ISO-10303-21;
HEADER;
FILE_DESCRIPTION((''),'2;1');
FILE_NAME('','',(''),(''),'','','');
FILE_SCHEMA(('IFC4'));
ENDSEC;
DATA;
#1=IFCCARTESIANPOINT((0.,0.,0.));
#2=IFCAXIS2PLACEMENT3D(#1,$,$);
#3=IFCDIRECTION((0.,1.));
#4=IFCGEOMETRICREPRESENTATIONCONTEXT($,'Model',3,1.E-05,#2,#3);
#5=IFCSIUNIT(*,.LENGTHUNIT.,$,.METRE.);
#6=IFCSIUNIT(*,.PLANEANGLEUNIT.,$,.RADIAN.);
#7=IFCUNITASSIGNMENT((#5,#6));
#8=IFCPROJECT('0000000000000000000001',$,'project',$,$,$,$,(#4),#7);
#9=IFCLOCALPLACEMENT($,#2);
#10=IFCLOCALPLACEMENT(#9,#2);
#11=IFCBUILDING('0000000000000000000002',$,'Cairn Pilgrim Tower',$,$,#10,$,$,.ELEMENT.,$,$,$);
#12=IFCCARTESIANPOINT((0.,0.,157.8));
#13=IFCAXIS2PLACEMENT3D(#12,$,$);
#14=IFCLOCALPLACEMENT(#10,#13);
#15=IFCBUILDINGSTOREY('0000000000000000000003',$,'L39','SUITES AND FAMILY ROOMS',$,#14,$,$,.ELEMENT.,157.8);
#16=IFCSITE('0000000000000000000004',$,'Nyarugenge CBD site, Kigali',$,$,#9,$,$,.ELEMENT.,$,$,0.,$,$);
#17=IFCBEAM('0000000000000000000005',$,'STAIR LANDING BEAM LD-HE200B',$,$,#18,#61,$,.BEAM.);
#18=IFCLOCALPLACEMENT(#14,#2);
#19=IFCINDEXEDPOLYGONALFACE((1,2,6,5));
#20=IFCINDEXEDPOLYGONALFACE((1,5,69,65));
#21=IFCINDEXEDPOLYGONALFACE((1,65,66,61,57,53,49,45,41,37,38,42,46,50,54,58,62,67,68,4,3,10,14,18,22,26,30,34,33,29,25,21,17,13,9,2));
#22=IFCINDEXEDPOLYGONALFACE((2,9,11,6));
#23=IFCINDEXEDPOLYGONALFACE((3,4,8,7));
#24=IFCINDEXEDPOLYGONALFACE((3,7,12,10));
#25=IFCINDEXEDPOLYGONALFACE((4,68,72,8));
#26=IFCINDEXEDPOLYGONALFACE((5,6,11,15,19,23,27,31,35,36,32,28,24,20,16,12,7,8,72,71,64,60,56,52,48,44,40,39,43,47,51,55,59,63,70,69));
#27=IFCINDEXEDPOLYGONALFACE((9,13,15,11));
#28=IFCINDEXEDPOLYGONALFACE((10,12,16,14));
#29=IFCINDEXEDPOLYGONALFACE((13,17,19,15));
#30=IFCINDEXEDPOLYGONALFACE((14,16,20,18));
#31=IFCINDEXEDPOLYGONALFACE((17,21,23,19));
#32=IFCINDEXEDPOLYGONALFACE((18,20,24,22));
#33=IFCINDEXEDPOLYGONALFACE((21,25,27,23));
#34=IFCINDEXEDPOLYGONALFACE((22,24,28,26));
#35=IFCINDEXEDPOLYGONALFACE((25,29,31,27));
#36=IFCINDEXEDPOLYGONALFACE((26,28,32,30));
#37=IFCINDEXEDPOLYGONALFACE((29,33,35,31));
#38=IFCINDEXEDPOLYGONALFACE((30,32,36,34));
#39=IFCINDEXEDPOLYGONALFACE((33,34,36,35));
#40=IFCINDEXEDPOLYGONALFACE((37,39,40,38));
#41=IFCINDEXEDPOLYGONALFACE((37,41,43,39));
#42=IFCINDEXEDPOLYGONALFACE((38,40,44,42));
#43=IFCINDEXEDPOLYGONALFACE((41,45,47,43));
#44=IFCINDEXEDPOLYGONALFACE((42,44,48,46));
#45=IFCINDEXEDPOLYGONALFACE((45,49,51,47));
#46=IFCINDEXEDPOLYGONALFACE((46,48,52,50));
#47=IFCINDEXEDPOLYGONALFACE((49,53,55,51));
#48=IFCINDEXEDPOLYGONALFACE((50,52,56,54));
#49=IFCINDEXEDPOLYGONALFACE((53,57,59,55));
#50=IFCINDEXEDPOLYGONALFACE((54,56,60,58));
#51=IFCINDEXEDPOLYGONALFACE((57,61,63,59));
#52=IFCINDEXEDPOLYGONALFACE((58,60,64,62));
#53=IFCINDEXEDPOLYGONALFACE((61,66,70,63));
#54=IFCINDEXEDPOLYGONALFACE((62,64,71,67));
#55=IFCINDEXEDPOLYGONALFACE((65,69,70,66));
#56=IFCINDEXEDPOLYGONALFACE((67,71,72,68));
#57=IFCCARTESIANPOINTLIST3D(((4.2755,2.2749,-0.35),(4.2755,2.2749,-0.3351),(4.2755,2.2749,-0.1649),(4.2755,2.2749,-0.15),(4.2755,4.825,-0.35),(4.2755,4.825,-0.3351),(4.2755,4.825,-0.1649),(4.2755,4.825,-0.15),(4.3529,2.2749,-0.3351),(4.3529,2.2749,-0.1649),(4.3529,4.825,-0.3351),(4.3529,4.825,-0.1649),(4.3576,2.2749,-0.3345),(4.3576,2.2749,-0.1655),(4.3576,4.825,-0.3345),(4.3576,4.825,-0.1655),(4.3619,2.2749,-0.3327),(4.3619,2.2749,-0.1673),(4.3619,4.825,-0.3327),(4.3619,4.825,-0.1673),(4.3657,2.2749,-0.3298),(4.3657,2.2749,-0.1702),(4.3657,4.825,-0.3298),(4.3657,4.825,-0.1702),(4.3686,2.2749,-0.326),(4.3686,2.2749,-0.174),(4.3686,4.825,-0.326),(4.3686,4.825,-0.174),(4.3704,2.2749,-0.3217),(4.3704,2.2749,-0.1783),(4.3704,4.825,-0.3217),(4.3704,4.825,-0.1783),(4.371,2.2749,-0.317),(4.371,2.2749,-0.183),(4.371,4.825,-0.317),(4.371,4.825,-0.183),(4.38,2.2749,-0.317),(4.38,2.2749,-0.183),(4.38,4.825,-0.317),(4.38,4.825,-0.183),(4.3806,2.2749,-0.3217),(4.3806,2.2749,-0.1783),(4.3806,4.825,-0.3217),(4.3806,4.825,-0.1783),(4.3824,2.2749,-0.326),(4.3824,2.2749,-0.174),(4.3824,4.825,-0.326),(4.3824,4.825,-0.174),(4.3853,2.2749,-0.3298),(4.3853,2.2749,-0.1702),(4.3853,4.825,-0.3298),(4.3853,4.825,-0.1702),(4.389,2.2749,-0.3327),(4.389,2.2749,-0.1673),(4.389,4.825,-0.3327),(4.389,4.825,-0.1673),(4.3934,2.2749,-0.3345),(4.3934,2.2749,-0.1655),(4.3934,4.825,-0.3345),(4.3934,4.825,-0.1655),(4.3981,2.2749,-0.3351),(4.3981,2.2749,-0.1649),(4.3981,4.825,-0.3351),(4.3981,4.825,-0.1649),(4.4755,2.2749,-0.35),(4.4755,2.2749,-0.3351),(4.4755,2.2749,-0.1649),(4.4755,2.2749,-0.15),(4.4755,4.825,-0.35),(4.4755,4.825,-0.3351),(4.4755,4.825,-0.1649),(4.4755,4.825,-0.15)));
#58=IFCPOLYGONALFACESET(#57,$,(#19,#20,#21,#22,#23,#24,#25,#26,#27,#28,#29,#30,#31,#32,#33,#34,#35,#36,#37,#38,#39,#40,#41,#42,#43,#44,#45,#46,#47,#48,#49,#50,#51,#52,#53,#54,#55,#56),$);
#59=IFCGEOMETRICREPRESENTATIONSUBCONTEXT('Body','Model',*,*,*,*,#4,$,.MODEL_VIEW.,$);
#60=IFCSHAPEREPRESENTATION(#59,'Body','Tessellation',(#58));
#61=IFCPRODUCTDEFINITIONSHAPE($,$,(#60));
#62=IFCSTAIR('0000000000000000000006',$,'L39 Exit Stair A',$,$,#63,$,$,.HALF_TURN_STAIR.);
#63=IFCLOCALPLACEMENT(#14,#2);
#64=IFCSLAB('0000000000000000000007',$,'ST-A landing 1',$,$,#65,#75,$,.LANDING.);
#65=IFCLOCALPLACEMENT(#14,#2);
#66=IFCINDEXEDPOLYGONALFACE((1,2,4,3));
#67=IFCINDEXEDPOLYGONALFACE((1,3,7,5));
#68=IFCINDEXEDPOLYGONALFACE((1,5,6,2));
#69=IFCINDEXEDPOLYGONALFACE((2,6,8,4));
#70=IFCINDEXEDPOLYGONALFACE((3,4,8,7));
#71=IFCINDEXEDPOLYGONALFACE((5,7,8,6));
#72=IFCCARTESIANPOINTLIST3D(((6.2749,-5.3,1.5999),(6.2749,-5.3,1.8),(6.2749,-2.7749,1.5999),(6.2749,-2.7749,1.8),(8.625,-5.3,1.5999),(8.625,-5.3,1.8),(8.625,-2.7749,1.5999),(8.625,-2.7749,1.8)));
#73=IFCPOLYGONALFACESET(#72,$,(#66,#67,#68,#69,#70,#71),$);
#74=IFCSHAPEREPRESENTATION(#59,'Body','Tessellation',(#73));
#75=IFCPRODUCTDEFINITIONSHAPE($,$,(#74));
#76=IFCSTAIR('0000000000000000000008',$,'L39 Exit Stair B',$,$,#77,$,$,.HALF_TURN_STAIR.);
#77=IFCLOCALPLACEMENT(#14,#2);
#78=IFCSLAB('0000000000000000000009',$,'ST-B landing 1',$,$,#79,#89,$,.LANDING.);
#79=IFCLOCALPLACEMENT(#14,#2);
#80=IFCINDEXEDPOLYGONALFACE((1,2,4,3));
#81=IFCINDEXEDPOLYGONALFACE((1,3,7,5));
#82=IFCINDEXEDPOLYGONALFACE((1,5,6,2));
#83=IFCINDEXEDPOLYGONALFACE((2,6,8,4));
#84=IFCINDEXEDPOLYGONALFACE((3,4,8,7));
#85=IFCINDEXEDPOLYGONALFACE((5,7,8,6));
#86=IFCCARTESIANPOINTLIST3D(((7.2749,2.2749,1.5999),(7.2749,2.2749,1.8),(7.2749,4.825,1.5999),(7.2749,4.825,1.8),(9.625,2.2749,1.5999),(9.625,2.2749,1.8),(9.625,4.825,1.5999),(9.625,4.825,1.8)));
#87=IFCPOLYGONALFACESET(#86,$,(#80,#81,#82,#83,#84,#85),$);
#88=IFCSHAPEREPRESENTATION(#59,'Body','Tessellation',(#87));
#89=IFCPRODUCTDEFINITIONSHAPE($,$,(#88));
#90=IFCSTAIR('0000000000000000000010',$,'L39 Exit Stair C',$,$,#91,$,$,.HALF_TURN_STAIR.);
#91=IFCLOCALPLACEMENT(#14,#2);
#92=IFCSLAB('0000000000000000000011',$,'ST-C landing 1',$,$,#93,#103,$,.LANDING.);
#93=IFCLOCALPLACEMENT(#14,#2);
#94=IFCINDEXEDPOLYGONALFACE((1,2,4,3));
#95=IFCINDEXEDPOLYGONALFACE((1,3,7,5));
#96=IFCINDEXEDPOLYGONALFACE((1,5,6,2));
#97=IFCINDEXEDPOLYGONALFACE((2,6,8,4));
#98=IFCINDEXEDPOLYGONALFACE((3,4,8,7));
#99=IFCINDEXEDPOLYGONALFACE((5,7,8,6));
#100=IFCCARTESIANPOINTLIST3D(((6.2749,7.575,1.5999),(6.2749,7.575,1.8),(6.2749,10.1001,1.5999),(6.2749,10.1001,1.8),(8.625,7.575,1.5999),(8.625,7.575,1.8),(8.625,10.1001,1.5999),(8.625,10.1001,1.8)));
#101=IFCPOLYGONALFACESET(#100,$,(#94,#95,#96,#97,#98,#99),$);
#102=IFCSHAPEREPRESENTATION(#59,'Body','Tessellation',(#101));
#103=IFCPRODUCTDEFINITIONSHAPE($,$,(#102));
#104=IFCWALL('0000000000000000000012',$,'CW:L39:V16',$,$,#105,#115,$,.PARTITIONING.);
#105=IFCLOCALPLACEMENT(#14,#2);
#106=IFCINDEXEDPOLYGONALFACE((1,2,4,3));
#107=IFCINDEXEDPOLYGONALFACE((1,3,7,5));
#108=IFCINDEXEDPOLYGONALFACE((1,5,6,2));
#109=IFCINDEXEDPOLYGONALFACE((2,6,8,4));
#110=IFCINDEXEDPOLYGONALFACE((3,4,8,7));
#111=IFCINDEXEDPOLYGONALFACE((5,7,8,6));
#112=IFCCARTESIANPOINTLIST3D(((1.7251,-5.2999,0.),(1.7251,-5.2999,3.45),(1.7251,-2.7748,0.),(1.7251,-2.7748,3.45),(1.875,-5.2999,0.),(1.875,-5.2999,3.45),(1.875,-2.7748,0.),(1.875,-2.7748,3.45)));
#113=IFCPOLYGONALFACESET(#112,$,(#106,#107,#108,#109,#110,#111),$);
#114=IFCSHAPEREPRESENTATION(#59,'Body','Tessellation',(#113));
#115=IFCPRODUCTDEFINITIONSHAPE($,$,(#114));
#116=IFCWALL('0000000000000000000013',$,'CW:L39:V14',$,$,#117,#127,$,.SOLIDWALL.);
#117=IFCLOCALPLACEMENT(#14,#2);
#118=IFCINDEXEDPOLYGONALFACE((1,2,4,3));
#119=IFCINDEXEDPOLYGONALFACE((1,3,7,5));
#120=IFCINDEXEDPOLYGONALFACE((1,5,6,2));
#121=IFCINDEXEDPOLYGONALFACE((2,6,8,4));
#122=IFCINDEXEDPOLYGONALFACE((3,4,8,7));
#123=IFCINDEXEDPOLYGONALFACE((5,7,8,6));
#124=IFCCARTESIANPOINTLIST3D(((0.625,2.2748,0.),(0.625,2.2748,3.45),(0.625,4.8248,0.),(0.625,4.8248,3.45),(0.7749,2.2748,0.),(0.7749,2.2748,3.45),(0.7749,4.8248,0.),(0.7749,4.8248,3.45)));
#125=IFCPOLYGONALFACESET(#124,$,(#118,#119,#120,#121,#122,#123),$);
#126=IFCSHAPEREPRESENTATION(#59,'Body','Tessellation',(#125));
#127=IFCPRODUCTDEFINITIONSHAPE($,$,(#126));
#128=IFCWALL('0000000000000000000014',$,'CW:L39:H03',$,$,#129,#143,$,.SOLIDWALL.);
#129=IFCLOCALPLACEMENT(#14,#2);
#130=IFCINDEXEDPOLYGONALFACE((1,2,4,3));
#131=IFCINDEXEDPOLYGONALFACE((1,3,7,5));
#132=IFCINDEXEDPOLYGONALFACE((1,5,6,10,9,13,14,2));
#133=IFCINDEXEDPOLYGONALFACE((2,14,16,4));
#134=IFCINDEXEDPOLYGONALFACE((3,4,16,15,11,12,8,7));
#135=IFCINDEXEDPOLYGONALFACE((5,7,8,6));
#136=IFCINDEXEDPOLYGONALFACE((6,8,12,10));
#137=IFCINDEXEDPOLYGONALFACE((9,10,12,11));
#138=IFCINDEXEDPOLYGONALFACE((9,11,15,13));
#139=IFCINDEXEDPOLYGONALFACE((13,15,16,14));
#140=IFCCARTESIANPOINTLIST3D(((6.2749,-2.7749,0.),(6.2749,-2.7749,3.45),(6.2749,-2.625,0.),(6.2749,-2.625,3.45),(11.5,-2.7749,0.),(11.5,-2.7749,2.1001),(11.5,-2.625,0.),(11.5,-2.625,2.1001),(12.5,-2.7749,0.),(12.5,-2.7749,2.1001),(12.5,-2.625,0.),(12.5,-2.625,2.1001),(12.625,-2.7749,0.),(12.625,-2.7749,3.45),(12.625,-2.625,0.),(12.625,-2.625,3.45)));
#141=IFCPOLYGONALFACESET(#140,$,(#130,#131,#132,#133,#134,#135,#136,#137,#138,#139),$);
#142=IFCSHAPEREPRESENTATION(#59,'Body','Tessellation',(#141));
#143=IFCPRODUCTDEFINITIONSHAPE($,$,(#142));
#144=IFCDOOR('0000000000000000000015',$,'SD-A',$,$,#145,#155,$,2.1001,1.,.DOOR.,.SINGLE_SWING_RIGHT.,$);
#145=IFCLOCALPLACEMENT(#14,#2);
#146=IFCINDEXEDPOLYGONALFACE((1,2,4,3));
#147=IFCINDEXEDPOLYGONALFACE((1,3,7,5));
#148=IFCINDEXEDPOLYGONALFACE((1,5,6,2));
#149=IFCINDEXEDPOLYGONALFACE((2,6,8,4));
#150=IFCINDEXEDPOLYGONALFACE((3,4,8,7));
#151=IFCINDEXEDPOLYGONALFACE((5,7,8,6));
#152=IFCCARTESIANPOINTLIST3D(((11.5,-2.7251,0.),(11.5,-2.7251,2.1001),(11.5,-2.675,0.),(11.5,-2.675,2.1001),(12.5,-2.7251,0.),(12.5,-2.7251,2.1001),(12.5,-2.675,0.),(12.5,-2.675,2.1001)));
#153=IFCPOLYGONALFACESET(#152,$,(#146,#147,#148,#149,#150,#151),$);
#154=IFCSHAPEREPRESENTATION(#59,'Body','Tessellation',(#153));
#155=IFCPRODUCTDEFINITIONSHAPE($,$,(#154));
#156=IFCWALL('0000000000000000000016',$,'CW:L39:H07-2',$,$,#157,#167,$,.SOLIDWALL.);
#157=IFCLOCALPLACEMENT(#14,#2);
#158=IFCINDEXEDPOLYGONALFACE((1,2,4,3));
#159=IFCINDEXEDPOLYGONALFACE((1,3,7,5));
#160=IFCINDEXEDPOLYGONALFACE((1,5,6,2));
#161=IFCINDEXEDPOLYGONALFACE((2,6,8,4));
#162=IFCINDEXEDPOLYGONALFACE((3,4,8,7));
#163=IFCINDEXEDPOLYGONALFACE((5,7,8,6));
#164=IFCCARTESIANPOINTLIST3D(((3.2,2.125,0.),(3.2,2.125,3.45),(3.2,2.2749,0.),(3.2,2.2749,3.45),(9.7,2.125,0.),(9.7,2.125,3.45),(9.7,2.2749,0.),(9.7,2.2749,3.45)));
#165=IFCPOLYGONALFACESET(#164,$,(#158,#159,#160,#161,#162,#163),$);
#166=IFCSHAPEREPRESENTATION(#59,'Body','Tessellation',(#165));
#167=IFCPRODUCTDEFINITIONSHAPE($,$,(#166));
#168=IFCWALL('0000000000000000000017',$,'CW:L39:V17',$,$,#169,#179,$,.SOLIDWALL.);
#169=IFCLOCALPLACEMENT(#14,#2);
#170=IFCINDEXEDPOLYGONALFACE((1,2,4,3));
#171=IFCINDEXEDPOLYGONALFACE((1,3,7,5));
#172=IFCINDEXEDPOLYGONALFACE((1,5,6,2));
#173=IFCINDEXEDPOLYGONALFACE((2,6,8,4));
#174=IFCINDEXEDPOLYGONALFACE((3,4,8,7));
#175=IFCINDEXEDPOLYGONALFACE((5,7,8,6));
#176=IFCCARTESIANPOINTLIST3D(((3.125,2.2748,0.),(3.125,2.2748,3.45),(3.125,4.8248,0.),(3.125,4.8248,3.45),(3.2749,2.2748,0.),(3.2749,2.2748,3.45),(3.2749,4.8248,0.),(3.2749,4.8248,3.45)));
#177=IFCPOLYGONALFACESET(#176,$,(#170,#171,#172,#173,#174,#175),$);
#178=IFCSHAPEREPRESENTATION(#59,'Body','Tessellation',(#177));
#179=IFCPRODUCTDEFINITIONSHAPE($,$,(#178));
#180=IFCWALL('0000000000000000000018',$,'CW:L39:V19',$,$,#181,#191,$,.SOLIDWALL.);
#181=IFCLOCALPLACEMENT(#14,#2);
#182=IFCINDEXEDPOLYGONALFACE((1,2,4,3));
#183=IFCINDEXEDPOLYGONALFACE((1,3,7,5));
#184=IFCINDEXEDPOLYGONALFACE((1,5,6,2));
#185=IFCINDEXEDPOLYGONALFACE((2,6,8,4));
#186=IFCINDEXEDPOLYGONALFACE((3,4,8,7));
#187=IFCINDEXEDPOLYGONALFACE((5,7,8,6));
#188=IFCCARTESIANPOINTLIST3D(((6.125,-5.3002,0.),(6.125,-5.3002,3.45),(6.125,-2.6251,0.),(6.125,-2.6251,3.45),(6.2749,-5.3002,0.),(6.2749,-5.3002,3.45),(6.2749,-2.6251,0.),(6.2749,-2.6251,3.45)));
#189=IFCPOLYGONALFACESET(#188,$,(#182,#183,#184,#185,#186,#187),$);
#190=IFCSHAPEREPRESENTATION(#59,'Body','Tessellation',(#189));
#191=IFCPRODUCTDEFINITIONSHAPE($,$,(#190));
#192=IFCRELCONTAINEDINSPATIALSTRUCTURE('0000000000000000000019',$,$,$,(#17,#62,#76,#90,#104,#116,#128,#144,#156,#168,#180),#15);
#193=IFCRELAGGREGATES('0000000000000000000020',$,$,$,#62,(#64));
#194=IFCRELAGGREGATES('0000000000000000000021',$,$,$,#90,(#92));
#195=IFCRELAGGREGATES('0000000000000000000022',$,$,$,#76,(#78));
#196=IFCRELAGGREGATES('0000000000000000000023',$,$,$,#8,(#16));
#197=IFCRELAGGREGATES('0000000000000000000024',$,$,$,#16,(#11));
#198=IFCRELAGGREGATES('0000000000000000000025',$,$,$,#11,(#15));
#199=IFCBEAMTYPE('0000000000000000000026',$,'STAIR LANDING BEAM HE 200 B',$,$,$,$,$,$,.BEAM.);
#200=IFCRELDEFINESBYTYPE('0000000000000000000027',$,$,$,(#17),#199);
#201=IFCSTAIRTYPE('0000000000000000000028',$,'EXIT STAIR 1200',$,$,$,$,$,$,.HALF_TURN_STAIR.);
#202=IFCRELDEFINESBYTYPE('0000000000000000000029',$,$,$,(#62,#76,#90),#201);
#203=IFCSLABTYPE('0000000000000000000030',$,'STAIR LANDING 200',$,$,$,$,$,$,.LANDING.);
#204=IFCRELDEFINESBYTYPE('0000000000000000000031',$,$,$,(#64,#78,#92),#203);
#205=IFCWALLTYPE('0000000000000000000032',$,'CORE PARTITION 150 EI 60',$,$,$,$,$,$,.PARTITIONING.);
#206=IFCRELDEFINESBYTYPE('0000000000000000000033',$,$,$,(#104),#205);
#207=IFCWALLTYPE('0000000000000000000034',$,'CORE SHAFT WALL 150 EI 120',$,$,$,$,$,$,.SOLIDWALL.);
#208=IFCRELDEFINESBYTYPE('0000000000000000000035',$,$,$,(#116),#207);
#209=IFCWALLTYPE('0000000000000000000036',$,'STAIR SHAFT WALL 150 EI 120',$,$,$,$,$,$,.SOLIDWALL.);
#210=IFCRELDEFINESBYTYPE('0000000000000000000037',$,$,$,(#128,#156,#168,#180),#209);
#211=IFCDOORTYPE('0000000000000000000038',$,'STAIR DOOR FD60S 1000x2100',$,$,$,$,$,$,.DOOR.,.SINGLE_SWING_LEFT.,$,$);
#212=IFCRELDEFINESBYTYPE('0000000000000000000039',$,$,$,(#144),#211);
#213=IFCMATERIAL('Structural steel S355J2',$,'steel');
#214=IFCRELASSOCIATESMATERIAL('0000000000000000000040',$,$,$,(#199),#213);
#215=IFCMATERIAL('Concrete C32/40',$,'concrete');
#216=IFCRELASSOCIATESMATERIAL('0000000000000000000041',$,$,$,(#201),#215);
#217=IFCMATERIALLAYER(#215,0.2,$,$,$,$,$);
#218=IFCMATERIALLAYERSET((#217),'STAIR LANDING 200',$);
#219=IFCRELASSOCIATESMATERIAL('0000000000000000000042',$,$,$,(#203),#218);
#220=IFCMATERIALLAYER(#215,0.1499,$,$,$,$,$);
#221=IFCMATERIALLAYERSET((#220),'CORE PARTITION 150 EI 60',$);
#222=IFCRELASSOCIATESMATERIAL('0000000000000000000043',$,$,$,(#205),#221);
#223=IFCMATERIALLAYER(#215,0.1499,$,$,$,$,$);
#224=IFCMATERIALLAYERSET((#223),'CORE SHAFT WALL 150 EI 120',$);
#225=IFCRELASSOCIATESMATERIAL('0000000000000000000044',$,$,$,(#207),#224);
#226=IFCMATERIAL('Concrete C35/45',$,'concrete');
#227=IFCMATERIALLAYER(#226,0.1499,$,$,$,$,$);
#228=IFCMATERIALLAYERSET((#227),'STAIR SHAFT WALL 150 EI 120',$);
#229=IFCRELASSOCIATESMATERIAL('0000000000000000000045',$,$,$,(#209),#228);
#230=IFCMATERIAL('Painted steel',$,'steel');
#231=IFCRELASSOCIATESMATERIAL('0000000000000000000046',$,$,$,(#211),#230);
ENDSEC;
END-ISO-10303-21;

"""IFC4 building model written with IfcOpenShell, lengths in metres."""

from ifc_helpers import new_model, si_unit, direction, frame, frame_2d, origin, origin_2d, place, context, subcontext, project, spatial, polyline, rectangle, i_section, outline, extrude, material, layer, layer_set, material_profile, profile_set, type_object, element, fill, aggregate, save


model = new_model("IFC4")

# Units and contexts
model_context = context("Model", 3, precision=1e-05, world=origin(), true_north=direction((0.0, 1.0)))
body_context = subcontext(model_context, "Body", "Model", "MODEL_VIEW")
ifc_project = project(units=[si_unit("LENGTHUNIT", "METRE"), si_unit("PLANEANGLEUNIT", "RADIAN")], contexts=[model_context])

# Site, building, storey
site_placement = place(None, origin())
site = spatial("IfcSite", under=ifc_project, at=site_placement, Name="Nyarugenge CBD site, Kigali", CompositionType="ELEMENT", RefElevation=0.0)
building_placement = place(site_placement, origin())
building = spatial("IfcBuilding", under=site, at=building_placement, Name="Cairn Pilgrim Tower", CompositionType="ELEMENT")
storey_placement = place(building_placement, frame((0.0, 0.0, 157.8)))
storey = spatial("IfcBuildingStorey", under=building, at=storey_placement, Name="L39", Description="SUITES AND FAMILY ROOMS", CompositionType="ELEMENT", Elevation=157.8)

# Beam
ifc_material_1 = material(Name="Structural steel S355J2", Category="steel")
ifc_material_profile = material_profile(ifc_material_1, i_section(OverallWidth=0.2, OverallDepth=0.2, WebThickness=0.009, FlangeThickness=0.0149, FilletRadius=0.0181, at=origin_2d()), Name="HE 200 B")
ifc_profile_set = profile_set([ifc_material_profile], Name="Structural steel S355J2")
beam_type = type_object("IfcBeamType", Name="STAIR LANDING BEAM HE 200 B", PredefinedType="BEAM", material=ifc_profile_set)
beam_placement = place(storey_placement, frame((4.3755, 2.2749, -0.25), z_axis=(0.0, 1.0, 0.0), x_axis=(-1.0, 0.0, 0.0)))
element("IfcBeam", 1, at=beam_placement, inside=storey, type_object=beam_type, Name="STAIR LANDING BEAM LD-HE200B", PredefinedType="BEAM", context=body_context, shape_type="SweptSolid", body=[
    extrude(i_section(OverallWidth=0.2, OverallDepth=0.2, WebThickness=0.009, FlangeThickness=0.0149, FilletRadius=0.0181, at=origin_2d()), origin(), (0.0, 0.0, 1.0), 2.55),
])

# Stairs, slabs
ifc_material_2 = material(Name="Concrete C32/40", Category="concrete")
stair_type = type_object("IfcStairType", Name="EXIT STAIR 1200", PredefinedType="HALF_TURN_STAIR", material=ifc_material_2)
stair_1_placement = place(storey_placement, origin())
stair_1 = element("IfcStair", 2, at=stair_1_placement, inside=storey, type_object=stair_type, Name="L39 Exit Stair A", PredefinedType="HALF_TURN_STAIR")
ifc_layer_1 = layer(ifc_material_2, 0.2)
ifc_layer_set_1 = layer_set([ifc_layer_1], Name="STAIR LANDING 200")
slab_type = type_object("IfcSlabType", Name="STAIR LANDING 200", PredefinedType="LANDING", material=ifc_layer_set_1)
slab_1_placement = place(storey_placement, frame((0.0, 0.0, 1.5999)))
slab_1 = element("IfcSlab", 3, at=slab_1_placement, type_object=slab_type, Name="ST-A landing 1", PredefinedType="LANDING", context=body_context, shape_type="SweptSolid", body=[
    extrude(outline(polyline([(8.625, -2.7749), (6.2749, -2.7749), (6.2749, -5.3), (8.625, -5.3), (8.625, -2.7749)])), origin(), (0.0, 0.0, 1.0), 0.2002),
])
aggregate(stair_1, [slab_1])
stair_2_placement = place(storey_placement, origin())
stair_2 = element("IfcStair", 4, at=stair_2_placement, inside=storey, type_object=stair_type, Name="L39 Exit Stair B", PredefinedType="HALF_TURN_STAIR")
slab_2_placement = place(storey_placement, frame((0.0, 0.0, 1.5999)))
slab_2 = element("IfcSlab", 5, at=slab_2_placement, type_object=slab_type, Name="ST-B landing 1", PredefinedType="LANDING", context=body_context, shape_type="SweptSolid", body=[
    extrude(outline(polyline([(7.2749, 2.2749), (9.625, 2.2749), (9.625, 4.825), (7.2749, 4.825), (7.2749, 2.2749)])), origin(), (0.0, 0.0, 1.0), 0.2002),
])
stair_3_placement = place(storey_placement, origin())
stair_3 = element("IfcStair", 6, at=stair_3_placement, inside=storey, type_object=stair_type, Name="L39 Exit Stair C", PredefinedType="HALF_TURN_STAIR")
slab_3_placement = place(storey_placement, frame((0.0, 0.0, 1.5999)))
slab_3 = element("IfcSlab", 7, at=slab_3_placement, type_object=slab_type, Name="ST-C landing 1", PredefinedType="LANDING", context=body_context, shape_type="SweptSolid", body=[
    extrude(outline(polyline([(8.625, 10.1001), (6.2749, 10.1001), (6.2749, 7.575), (8.625, 7.575), (8.625, 10.1001)])), origin(), (0.0, 0.0, 1.0), 0.2002),
])
aggregate(stair_3, [slab_3])

# Walls
ifc_layer_2 = layer(ifc_material_2, 0.1499)
ifc_layer_set_2 = layer_set([ifc_layer_2], Name="CORE PARTITION 150 EI 60")
wall_type_1 = type_object("IfcWallType", Name="CORE PARTITION 150 EI 60", PredefinedType="PARTITIONING", material=ifc_layer_set_2)
wall_1_placement = place(storey_placement, frame((1.8, -5.3, 0.0), z_axis=(0.0, 0.0, 1.0), x_axis=(0.0, 1.0, 0.0)))
element("IfcWall", 8, at=wall_1_placement, inside=storey, type_object=wall_type_1, Name="CW:L39:V16", PredefinedType="PARTITIONING", context=body_context, shape_type="SweptSolid", body=[
    extrude(rectangle(XDim=2.5251, YDim=0.1499, at=frame_2d((1.2627, 0.0))), origin(), (0.0, 0.0, 1.0), 3.45),
])
ifc_layer_3 = layer(ifc_material_2, 0.1499)
ifc_layer_set_3 = layer_set([ifc_layer_3], Name="CORE SHAFT WALL 150 EI 120")
wall_type_2 = type_object("IfcWallType", Name="CORE SHAFT WALL 150 EI 120", PredefinedType="SOLIDWALL", material=ifc_layer_set_3)
wall_2_placement = place(storey_placement, frame((0.7, 2.2749, 0.0), z_axis=(0.0, 0.0, 1.0), x_axis=(0.0, 1.0, 0.0)))
element("IfcWall", 9, at=wall_2_placement, inside=storey, type_object=wall_type_2, Name="CW:L39:V14", PredefinedType="SOLIDWALL", context=body_context, shape_type="SweptSolid", body=[
    extrude(rectangle(XDim=2.55, YDim=0.1499, at=frame_2d((1.2749, 0.0))), origin(), (0.0, 0.0, 1.0), 3.45),
])

# Wall, opening, door
ifc_material_3 = material(Name="Concrete C35/45", Category="concrete")
ifc_layer_4 = layer(ifc_material_3, 0.1499)
ifc_layer_set_4 = layer_set([ifc_layer_4], Name="STAIR SHAFT WALL 150 EI 120")
wall_type_3 = type_object("IfcWallType", Name="STAIR SHAFT WALL 150 EI 120", PredefinedType="SOLIDWALL", material=ifc_layer_set_4)
wall_3_placement = place(storey_placement, frame((6.2749, -2.7, 0.0), z_axis=(0.0, 0.0, 1.0), x_axis=(1.0, 0.0, 0.0)))
wall_3 = element("IfcWall", 10, at=wall_3_placement, inside=storey, type_object=wall_type_3, Name="CW:L39:H03", PredefinedType="SOLIDWALL", context=body_context, shape_type="SweptSolid", body=[
    extrude(rectangle(XDim=6.3501, YDim=0.1499, at=frame_2d((3.175, 0.0))), origin(), (0.0, 0.0, 1.0), 3.45),
])
opening_placement = place(wall_3_placement, frame((5.2251, 0.0, 0.0)))
opening = element("IfcOpeningElement", 11, at=opening_placement, cuts=wall_3, PredefinedType="OPENING", context=body_context, shape_type="SweptSolid", body=[
    extrude(rectangle(XDim=1.0, YDim=2.1001, at=frame_2d((0.5, 1.05))), frame((0.0, 0.085, 0.0), z_axis=(0.0, -1.0, 0.0), x_axis=(1.0, 0.0, 0.0)), (0.0, 0.0, 1.0), 0.1699),
])
ifc_material_4 = material(Name="Painted steel", Category="steel")
door_type = type_object("IfcDoorType", Name="STAIR DOOR FD60S 1000x2100", OperationType="SINGLE_SWING_LEFT", PredefinedType="DOOR", material=ifc_material_4)
door_placement = place(opening_placement, origin())
door = element("IfcDoor", 12, at=door_placement, inside=storey, type_object=door_type, Name="SD-A", OperationType="SINGLE_SWING_RIGHT", OverallHeight=2.1001, OverallWidth=1.0, PredefinedType="DOOR", context=body_context, shape_type="SweptSolid", body=[
    extrude(rectangle(XDim=1.0, YDim=2.1001, at=frame_2d((0.5, 1.05))), frame((0.0, 0.0249, 0.0), z_axis=(0.0, -1.0, 0.0), x_axis=(1.0, 0.0, 0.0)), (0.0, 0.0, 1.0), 0.05),
])
fill(opening, door)

# Walls
wall_4_placement = place(storey_placement, frame((3.2, 2.2, 0.0), z_axis=(0.0, 0.0, 1.0), x_axis=(1.0, 0.0, 0.0)))
element("IfcWall", 13, at=wall_4_placement, inside=storey, type_object=wall_type_3, Name="CW:L39:H07-2", PredefinedType="SOLIDWALL", context=body_context, shape_type="SweptSolid", body=[
    extrude(rectangle(XDim=6.5, YDim=0.1499, at=frame_2d((3.25, 0.0))), origin(), (0.0, 0.0, 1.0), 3.45),
])
wall_5_placement = place(storey_placement, frame((3.2, 2.2749, 0.0), z_axis=(0.0, 0.0, 1.0), x_axis=(0.0, 1.0, 0.0)))
element("IfcWall", 14, at=wall_5_placement, inside=storey, type_object=wall_type_3, Name="CW:L39:V17", PredefinedType="SOLIDWALL", context=body_context, shape_type="SweptSolid", body=[
    extrude(rectangle(XDim=2.55, YDim=0.1499, at=frame_2d((1.2749, 0.0))), origin(), (0.0, 0.0, 1.0), 3.45),
])
wall_6_placement = place(storey_placement, frame((6.2, -5.3, 0.0), z_axis=(0.0, 0.0, 1.0), x_axis=(0.0, 1.0, 0.0)))
element("IfcWall", 15, at=wall_6_placement, inside=storey, type_object=wall_type_3, Name="CW:L39:V19", PredefinedType="SOLIDWALL", context=body_context, shape_type="SweptSolid", body=[
    extrude(rectangle(XDim=2.675, YDim=0.1499, at=frame_2d((1.3374, 0.0))), origin(), (0.0, 0.0, 1.0), 3.45),
])

aggregate(stair_2, [slab_2])

save(model, "model.ifc")
